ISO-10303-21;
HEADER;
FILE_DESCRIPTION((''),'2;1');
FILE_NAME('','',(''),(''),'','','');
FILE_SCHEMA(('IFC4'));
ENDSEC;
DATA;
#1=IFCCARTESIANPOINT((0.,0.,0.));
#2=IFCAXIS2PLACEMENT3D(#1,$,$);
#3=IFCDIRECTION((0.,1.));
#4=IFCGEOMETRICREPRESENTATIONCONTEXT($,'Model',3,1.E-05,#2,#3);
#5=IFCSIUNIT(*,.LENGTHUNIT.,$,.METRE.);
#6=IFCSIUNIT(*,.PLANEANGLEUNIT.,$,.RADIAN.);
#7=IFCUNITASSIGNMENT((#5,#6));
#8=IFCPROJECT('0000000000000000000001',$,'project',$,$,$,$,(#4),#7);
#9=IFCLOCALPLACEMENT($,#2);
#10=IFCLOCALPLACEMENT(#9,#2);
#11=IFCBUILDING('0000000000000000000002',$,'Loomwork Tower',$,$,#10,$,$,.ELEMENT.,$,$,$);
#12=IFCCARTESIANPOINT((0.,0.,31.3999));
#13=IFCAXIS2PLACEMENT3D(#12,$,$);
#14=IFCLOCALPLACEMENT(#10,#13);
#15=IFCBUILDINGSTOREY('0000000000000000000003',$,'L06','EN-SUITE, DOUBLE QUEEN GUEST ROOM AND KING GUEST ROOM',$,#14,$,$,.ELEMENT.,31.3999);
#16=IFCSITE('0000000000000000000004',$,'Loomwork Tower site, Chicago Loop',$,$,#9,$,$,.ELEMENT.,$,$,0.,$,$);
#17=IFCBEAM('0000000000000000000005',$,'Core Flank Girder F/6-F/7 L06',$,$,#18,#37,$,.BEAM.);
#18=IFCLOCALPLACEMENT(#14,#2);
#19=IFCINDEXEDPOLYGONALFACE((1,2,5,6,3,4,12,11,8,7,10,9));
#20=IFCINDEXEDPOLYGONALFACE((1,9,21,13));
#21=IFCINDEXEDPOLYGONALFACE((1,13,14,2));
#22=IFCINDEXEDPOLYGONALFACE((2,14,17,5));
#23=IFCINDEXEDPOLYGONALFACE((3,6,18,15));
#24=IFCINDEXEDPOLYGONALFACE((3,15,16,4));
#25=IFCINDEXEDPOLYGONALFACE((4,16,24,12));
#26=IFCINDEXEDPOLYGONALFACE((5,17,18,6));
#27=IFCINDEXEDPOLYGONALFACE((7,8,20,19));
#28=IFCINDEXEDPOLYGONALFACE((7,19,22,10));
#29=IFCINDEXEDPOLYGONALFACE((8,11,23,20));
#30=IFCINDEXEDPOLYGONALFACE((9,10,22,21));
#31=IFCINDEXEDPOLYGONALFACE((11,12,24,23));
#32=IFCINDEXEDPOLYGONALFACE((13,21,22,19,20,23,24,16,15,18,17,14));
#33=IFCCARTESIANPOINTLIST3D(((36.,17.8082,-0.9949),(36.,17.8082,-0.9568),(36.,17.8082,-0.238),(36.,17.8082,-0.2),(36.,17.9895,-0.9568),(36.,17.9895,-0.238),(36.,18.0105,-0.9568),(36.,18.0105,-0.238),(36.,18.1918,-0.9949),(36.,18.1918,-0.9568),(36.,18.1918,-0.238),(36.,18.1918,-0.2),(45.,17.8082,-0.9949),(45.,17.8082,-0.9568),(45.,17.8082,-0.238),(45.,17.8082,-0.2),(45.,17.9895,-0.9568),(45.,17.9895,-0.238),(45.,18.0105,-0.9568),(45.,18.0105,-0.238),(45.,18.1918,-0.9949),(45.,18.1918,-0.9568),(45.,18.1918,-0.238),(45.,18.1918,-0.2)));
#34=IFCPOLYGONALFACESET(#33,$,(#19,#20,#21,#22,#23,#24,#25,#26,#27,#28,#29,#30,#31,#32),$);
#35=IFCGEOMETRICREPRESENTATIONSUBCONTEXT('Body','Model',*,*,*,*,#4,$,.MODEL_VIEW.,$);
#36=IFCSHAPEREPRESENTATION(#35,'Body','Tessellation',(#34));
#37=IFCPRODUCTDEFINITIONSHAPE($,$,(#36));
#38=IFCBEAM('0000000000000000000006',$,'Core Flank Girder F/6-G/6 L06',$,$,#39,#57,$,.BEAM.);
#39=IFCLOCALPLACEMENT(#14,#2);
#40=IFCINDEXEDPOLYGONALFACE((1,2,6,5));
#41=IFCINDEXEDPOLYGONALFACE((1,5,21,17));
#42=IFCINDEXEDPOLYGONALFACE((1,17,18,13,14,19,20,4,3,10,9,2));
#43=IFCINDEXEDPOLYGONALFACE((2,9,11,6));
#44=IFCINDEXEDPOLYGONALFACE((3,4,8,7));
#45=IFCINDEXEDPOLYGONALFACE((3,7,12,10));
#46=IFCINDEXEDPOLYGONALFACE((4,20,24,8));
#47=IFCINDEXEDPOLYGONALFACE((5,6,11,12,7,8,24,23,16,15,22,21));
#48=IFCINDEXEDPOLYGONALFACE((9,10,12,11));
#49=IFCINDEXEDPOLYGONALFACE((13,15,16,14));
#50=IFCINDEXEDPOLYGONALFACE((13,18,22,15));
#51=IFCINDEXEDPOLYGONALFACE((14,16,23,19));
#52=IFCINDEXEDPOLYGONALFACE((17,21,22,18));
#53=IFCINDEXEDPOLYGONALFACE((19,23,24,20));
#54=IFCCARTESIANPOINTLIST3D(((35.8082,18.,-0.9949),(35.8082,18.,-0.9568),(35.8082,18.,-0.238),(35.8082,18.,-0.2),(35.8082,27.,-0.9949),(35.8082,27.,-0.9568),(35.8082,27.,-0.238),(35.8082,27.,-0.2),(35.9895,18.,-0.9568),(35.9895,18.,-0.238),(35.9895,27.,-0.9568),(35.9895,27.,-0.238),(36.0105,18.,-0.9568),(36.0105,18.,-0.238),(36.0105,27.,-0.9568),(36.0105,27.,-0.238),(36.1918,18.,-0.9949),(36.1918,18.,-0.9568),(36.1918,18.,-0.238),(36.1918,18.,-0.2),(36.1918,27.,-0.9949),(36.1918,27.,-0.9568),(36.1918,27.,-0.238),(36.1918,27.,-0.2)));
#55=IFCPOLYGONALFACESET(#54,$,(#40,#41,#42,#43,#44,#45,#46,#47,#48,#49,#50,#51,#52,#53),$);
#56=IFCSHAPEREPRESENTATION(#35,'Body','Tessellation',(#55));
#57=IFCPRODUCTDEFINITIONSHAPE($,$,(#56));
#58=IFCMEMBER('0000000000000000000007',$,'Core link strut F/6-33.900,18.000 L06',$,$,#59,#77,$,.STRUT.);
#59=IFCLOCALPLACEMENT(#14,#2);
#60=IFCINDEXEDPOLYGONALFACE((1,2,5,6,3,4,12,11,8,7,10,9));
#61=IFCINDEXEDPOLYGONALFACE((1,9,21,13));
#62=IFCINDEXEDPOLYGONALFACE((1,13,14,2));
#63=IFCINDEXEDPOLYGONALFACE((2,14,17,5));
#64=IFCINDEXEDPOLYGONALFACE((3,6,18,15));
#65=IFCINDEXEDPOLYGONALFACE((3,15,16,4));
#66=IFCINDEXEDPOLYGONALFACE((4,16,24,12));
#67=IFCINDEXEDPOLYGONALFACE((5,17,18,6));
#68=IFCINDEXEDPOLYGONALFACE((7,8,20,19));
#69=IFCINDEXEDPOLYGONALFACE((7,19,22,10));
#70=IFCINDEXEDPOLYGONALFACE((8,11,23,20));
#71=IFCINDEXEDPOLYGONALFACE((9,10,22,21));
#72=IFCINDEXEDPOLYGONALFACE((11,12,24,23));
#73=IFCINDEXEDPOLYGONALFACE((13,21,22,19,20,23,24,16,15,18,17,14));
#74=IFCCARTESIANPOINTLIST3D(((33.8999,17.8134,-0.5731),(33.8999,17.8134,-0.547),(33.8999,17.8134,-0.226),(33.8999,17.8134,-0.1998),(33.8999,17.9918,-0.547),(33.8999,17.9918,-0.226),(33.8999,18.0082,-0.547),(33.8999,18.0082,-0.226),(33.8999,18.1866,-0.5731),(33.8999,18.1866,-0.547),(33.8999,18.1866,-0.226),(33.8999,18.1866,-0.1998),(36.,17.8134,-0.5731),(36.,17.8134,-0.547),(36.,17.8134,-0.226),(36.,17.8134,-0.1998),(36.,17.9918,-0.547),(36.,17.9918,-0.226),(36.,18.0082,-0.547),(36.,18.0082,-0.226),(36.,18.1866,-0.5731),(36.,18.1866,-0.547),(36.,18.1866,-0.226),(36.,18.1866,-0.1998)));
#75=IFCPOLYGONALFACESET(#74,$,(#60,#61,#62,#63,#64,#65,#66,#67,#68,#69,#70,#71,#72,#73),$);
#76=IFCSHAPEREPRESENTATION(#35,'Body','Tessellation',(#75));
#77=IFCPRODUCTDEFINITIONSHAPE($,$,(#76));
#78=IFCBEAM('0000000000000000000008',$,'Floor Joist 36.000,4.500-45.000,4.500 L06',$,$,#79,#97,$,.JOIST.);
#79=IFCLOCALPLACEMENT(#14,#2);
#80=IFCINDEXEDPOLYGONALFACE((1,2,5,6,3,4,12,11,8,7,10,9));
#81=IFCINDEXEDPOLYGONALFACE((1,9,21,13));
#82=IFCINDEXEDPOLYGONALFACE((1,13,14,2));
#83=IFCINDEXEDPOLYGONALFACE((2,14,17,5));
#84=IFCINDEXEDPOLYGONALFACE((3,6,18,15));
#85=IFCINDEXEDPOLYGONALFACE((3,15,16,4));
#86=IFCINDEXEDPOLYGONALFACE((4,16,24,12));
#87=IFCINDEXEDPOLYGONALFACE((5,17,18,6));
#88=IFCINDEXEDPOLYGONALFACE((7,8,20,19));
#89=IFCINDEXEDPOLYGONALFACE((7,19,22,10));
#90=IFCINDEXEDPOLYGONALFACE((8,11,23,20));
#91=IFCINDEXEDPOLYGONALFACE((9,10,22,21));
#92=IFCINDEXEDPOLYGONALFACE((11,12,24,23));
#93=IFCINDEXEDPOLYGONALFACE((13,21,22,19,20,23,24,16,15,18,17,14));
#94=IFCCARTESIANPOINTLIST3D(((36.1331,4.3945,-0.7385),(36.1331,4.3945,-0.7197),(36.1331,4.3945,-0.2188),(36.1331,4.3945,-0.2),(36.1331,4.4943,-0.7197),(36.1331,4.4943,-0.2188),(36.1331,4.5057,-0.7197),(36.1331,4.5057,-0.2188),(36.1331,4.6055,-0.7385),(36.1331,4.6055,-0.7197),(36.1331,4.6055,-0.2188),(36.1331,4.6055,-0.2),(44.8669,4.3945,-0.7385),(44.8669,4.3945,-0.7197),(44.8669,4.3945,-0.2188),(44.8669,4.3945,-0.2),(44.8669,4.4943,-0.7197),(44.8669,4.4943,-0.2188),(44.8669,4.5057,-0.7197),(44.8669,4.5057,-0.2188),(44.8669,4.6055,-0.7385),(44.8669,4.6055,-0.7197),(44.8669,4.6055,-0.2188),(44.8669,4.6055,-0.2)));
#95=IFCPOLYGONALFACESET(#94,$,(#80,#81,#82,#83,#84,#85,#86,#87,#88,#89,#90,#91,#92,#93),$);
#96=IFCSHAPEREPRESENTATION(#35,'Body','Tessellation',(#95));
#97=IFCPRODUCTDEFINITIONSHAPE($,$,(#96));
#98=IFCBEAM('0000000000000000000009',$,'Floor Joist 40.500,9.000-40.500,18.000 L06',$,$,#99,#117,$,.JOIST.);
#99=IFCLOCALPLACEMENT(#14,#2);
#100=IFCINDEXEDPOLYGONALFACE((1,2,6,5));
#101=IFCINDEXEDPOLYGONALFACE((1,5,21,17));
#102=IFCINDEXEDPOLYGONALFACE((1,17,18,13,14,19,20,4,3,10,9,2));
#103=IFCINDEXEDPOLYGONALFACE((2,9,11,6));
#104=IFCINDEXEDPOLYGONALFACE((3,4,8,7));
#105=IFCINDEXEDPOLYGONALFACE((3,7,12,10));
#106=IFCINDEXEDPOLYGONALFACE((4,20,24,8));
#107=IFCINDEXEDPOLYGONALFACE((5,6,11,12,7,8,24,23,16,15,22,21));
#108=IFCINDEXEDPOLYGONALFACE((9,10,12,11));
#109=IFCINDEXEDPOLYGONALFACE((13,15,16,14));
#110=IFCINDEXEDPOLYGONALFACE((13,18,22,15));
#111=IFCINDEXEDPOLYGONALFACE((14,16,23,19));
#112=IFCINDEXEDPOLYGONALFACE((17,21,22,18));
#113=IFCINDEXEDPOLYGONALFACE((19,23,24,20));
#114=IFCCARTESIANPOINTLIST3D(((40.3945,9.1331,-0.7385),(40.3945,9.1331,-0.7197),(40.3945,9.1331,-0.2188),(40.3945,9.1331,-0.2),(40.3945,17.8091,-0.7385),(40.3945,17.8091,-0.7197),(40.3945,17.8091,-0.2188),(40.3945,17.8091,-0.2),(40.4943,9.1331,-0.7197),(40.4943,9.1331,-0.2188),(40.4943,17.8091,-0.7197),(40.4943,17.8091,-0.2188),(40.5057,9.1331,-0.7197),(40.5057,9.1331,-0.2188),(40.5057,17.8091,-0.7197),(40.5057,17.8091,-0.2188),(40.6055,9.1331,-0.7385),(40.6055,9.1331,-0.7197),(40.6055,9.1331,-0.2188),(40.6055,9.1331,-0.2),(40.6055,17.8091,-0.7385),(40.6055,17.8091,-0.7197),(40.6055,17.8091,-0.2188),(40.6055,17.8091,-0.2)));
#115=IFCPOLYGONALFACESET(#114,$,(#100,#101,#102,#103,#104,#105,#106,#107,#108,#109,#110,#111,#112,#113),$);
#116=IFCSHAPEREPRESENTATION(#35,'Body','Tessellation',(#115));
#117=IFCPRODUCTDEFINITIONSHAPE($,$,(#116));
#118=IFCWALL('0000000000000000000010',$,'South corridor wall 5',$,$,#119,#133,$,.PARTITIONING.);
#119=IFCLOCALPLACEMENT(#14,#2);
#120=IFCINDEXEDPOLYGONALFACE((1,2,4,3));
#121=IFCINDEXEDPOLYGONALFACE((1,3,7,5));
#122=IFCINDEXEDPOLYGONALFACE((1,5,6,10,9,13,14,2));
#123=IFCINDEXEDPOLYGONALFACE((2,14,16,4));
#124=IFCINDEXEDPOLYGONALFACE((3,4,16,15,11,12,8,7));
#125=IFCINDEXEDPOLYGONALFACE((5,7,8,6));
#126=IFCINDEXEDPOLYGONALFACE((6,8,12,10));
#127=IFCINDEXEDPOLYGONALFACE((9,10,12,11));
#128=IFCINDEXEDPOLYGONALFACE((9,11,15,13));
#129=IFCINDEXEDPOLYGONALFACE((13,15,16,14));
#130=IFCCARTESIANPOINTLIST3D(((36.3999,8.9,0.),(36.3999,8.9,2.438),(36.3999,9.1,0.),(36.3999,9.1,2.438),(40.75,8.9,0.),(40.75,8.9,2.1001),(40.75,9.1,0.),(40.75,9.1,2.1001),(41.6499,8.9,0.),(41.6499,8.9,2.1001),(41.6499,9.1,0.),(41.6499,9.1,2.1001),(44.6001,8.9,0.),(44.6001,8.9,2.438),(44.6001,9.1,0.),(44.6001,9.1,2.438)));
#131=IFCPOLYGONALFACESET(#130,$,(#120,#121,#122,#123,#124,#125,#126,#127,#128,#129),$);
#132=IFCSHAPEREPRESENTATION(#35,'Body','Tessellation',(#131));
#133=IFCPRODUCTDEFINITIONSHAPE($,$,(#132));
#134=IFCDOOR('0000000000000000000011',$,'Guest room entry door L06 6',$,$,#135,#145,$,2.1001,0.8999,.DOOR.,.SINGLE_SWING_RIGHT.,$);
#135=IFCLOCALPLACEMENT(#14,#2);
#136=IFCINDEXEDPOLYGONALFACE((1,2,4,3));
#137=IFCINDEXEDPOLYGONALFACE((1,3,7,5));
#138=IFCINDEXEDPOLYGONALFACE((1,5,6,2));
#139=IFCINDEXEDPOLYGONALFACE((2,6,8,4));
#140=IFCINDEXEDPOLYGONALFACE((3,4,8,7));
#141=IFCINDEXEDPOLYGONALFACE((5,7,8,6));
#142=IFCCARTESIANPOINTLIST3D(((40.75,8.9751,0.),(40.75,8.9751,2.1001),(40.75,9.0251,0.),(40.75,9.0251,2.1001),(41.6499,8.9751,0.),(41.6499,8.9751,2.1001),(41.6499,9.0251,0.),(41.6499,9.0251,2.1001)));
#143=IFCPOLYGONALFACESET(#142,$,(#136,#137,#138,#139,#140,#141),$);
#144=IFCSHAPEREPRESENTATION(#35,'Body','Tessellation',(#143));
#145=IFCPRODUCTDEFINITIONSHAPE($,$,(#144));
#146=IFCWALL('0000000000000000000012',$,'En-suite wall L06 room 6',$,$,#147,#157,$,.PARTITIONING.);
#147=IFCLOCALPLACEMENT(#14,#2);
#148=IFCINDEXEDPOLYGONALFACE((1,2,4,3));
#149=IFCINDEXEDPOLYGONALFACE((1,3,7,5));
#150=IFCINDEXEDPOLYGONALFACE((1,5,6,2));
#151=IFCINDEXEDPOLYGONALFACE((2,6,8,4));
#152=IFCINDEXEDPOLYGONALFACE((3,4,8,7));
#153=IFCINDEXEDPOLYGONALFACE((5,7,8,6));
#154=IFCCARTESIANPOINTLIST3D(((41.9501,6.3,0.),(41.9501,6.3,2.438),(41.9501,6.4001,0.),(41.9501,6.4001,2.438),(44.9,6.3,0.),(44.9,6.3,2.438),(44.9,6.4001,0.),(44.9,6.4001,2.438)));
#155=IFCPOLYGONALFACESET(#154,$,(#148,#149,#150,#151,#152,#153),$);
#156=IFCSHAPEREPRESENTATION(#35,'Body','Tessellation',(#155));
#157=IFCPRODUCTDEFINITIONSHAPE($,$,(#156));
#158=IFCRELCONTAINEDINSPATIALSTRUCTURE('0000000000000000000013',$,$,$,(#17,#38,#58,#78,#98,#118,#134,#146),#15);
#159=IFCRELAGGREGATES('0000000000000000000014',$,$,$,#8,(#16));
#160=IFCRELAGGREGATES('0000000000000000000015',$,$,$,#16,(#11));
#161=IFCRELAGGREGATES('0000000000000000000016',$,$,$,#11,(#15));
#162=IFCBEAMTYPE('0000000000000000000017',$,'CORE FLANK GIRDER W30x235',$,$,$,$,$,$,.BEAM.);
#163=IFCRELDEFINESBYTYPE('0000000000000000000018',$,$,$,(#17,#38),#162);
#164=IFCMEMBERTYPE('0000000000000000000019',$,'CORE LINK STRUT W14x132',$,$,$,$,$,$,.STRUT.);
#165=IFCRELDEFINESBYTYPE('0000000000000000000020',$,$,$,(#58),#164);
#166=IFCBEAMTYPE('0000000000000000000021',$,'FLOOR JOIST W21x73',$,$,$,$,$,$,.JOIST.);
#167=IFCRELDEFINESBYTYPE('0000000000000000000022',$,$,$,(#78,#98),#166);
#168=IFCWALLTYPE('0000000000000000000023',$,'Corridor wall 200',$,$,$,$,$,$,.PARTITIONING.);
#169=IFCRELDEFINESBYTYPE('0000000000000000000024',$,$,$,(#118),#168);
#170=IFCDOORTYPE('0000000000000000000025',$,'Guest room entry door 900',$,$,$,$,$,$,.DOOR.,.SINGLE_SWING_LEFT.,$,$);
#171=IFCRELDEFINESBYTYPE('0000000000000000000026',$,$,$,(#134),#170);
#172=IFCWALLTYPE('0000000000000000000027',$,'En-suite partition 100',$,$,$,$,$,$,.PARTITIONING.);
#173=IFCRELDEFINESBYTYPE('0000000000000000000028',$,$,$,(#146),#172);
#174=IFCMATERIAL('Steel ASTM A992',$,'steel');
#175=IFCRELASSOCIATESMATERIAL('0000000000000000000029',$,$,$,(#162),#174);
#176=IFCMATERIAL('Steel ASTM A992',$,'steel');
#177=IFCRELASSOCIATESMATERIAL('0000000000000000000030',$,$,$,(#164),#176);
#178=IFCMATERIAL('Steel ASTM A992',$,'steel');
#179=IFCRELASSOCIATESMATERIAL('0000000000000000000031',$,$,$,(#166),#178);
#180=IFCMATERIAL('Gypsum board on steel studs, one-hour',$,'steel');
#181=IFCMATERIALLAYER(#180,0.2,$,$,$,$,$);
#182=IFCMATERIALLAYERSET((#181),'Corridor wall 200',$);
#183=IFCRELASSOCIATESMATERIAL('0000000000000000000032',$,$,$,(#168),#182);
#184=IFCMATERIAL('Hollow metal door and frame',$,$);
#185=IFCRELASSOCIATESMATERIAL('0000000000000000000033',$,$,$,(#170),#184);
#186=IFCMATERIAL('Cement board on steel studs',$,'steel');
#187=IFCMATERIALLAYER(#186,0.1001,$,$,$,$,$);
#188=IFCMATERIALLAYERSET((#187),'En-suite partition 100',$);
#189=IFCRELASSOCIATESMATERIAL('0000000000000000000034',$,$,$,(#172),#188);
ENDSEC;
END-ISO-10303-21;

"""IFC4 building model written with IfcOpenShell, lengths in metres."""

from ifc_helpers import new_model, si_unit, direction, frame, frame_2d, origin, origin_2d, place, context, subcontext, project, spatial, rectangle, i_section, extrude, material, layer, layer_set, material_profile, profile_set, type_object, element, fill, save


model = new_model("IFC4")

# Units and contexts
model_context = context("Model", 3, precision=1e-05, world=origin(), true_north=direction((0.0, 1.0)))
body_context = subcontext(model_context, "Body", "Model", "MODEL_VIEW")
ifc_project = project(units=[si_unit("LENGTHUNIT", "METRE"), si_unit("PLANEANGLEUNIT", "RADIAN")], contexts=[model_context])

# Site, building, storey
site_placement = place(None, origin())
site = spatial("IfcSite", under=ifc_project, at=site_placement, Name="Loomwork Tower site, Chicago Loop", CompositionType="ELEMENT", RefElevation=0.0)
building_placement = place(site_placement, origin())
building = spatial("IfcBuilding", under=site, at=building_placement, Name="Loomwork Tower", CompositionType="ELEMENT")
storey_placement = place(building_placement, frame((0.0, 0.0, 31.3999)))
storey = spatial("IfcBuildingStorey", under=building, at=storey_placement, Name="L06", Description="EN-SUITE, DOUBLE QUEEN GUEST ROOM AND KING GUEST ROOM", CompositionType="ELEMENT", Elevation=31.3999)

# Beams
ifc_material_1 = material(Name="Steel ASTM A992", Category="steel")
ifc_material_profile_1 = material_profile(ifc_material_1, i_section(OverallWidth=0.3835, OverallDepth=0.7949, WebThickness=0.021, FlangeThickness=0.0381, at=origin_2d()), Name="W30x235")
ifc_profile_set_1 = profile_set([ifc_material_profile_1], Name="Steel ASTM A992")
beam_type_1 = type_object("IfcBeamType", Name="CORE FLANK GIRDER W30x235", PredefinedType="BEAM", material=ifc_profile_set_1)
for number, where, z_axis, x_axis, name in (
    (1, (36.0, 18.0, -0.5974), (1.0, 0.0, 0.0), (0.0, 1.0, 0.0), "Core Flank Girder F/6-F/7 L06"),
    (2, (36.0, 18.0, -0.5974), (0.0, 1.0, 0.0), (-1.0, 0.0, 0.0), "Core Flank Girder F/6-G/6 L06"),
):
    element("IfcBeam", number, at=place(storey_placement, frame(where, z_axis=z_axis, x_axis=x_axis)), inside=storey, type_object=beam_type_1, Name=name, PredefinedType="BEAM", context=body_context, shape_type="SweptSolid", body=[
        extrude(i_section(OverallWidth=0.3835, OverallDepth=0.7949, WebThickness=0.021, FlangeThickness=0.0381, at=origin_2d()), origin(), (0.0, 0.0, 1.0), 9.0),
    ])

# Member
ifc_material_2 = material(Name="Steel ASTM A992", Category="steel")
ifc_material_profile_2 = material_profile(ifc_material_2, i_section(OverallWidth=0.3733, OverallDepth=0.3733, WebThickness=0.0164, FlangeThickness=0.0261, at=origin_2d()), Name="W14x132")
ifc_profile_set_2 = profile_set([ifc_material_profile_2], Name="Steel ASTM A992")
member_type = type_object("IfcMemberType", Name="CORE LINK STRUT W14x132", PredefinedType="STRUT", material=ifc_profile_set_2)
member_placement = place(storey_placement, frame((36.0, 18.0, -0.3865), z_axis=(-1.0, 0.0, 0.0), x_axis=(0.0, -1.0, 0.0)))
element("IfcMember", 3, at=member_placement, inside=storey, type_object=member_type, Name="Core link strut F/6-33.900,18.000 L06", PredefinedType="STRUT", context=body_context, shape_type="SweptSolid", body=[
    extrude(i_section(OverallWidth=0.3733, OverallDepth=0.3733, WebThickness=0.0164, FlangeThickness=0.0261, at=origin_2d()), origin(), (0.0, 0.0, 1.0), 2.1001),
])

# Beams
ifc_material_3 = material(Name="Steel ASTM A992", Category="steel")
ifc_material_profile_3 = material_profile(ifc_material_3, i_section(OverallWidth=0.2109, OverallDepth=0.5386, WebThickness=0.0115, FlangeThickness=0.0188, at=origin_2d()), Name="W21x73")
ifc_profile_set_3 = profile_set([ifc_material_profile_3], Name="Steel ASTM A992")
beam_type_2 = type_object("IfcBeamType", Name="FLOOR JOIST W21x73", PredefinedType="JOIST", material=ifc_profile_set_3)
beam_1_placement = place(storey_placement, frame((36.1331, 4.5, -0.4692), z_axis=(1.0, 0.0, 0.0), x_axis=(0.0, 1.0, 0.0)))
element("IfcBeam", 4, at=beam_1_placement, inside=storey, type_object=beam_type_2, Name="Floor Joist 36.000,4.500-45.000,4.500 L06", PredefinedType="JOIST", context=body_context, shape_type="SweptSolid", body=[
    extrude(i_section(OverallWidth=0.2109, OverallDepth=0.5386, WebThickness=0.0115, FlangeThickness=0.0188, at=origin_2d()), origin(), (0.0, 0.0, 1.0), 8.7339),
])
beam_2_placement = place(storey_placement, frame((40.5, 9.1331, -0.4692), z_axis=(0.0, 1.0, 0.0), x_axis=(-1.0, 0.0, 0.0)))
element("IfcBeam", 5, at=beam_2_placement, inside=storey, type_object=beam_type_2, Name="Floor Joist 40.500,9.000-40.500,18.000 L06", PredefinedType="JOIST", context=body_context, shape_type="SweptSolid", body=[
    extrude(i_section(OverallWidth=0.2109, OverallDepth=0.5386, WebThickness=0.0115, FlangeThickness=0.0188, at=origin_2d()), origin(), (0.0, 0.0, 1.0), 8.676),
])

# Wall, opening, door
ifc_material_4 = material(Name="Gypsum board on steel studs, one-hour", Category="steel")
ifc_layer_1 = layer(ifc_material_4, 0.2)
ifc_layer_set_1 = layer_set([ifc_layer_1], Name="Corridor wall 200")
wall_type_1 = type_object("IfcWallType", Name="Corridor wall 200", PredefinedType="PARTITIONING", material=ifc_layer_set_1)
wall_1_placement = place(storey_placement, frame((36.3999, 9.0, 0.0), z_axis=(0.0, 0.0, 1.0), x_axis=(1.0, 0.0, 0.0)))
wall_1 = element("IfcWall", 6, at=wall_1_placement, inside=storey, type_object=wall_type_1, Name="South corridor wall 5", PredefinedType="PARTITIONING", context=body_context, shape_type="SweptSolid", body=[
    extrude(rectangle(XDim=8.2002, YDim=0.2, at=frame_2d((4.1001, 0.0))), origin(), (0.0, 0.0, 1.0), 2.438),
])
opening_1_placement = place(wall_1_placement, frame((4.3501, 0.0, 0.0)))
opening_1 = element("IfcOpeningElement", 7, at=opening_1_placement, cuts=wall_1, PredefinedType="OPENING", context=body_context, shape_type="SweptSolid", body=[
    extrude(rectangle(XDim=0.8999, YDim=2.1001, at=frame_2d((0.45, 1.05))), frame((0.0, 0.1099, 0.0), z_axis=(0.0, -1.0, 0.0), x_axis=(1.0, 0.0, 0.0)), (0.0, 0.0, 1.0), 0.22),
])
ifc_material_5 = material(Name="Hollow metal door and frame")
door_type_1 = type_object("IfcDoorType", Name="Guest room entry door 900", OperationType="SINGLE_SWING_LEFT", PredefinedType="DOOR", material=ifc_material_5)
door_1_placement = place(opening_1_placement, frame((0.8999, 0.0, 0.0), z_axis=(0.0, 0.0, 1.0), x_axis=(-1.0, 0.0, 0.0)))
door_1 = element("IfcDoor", 8, at=door_1_placement, inside=storey, type_object=door_type_1, Name="Guest room entry door L06 6", OperationType="SINGLE_SWING_RIGHT", OverallHeight=2.1001, OverallWidth=0.8999, PredefinedType="DOOR", context=body_context, shape_type="SweptSolid", body=[
    extrude(rectangle(XDim=0.8999, YDim=2.1001, at=frame_2d((0.45, 1.05))), frame((0.0, 0.0249, 0.0), z_axis=(0.0, -1.0, 0.0), x_axis=(1.0, 0.0, 0.0)), (0.0, 0.0, 1.0), 0.05),
])
fill(opening_1, door_1)

# Wall
ifc_material_6 = material(Name="Cement board on steel studs", Category="steel")
ifc_layer_2 = layer(ifc_material_6, 0.1001)
ifc_layer_set_2 = layer_set([ifc_layer_2], Name="En-suite partition 100")
wall_type_2 = type_object("IfcWallType", Name="En-suite partition 100", PredefinedType="PARTITIONING", material=ifc_layer_set_2)
wall_2_placement = place(storey_placement, frame((41.95, 6.3501, 0.0), z_axis=(0.0, 0.0, 1.0), x_axis=(1.0, 0.0, 0.0)))
element("IfcWall", 9, at=wall_2_placement, inside=storey, type_object=wall_type_2, Name="En-suite wall L06 room 6", PredefinedType="PARTITIONING", context=body_context, shape_type="SweptSolid", body=[
    extrude(rectangle(XDim=2.95, YDim=0.1001, at=frame_2d((1.4751, 0.0))), origin(), (0.0, 0.0, 1.0), 2.438),
])

save(model, "model.ifc")
